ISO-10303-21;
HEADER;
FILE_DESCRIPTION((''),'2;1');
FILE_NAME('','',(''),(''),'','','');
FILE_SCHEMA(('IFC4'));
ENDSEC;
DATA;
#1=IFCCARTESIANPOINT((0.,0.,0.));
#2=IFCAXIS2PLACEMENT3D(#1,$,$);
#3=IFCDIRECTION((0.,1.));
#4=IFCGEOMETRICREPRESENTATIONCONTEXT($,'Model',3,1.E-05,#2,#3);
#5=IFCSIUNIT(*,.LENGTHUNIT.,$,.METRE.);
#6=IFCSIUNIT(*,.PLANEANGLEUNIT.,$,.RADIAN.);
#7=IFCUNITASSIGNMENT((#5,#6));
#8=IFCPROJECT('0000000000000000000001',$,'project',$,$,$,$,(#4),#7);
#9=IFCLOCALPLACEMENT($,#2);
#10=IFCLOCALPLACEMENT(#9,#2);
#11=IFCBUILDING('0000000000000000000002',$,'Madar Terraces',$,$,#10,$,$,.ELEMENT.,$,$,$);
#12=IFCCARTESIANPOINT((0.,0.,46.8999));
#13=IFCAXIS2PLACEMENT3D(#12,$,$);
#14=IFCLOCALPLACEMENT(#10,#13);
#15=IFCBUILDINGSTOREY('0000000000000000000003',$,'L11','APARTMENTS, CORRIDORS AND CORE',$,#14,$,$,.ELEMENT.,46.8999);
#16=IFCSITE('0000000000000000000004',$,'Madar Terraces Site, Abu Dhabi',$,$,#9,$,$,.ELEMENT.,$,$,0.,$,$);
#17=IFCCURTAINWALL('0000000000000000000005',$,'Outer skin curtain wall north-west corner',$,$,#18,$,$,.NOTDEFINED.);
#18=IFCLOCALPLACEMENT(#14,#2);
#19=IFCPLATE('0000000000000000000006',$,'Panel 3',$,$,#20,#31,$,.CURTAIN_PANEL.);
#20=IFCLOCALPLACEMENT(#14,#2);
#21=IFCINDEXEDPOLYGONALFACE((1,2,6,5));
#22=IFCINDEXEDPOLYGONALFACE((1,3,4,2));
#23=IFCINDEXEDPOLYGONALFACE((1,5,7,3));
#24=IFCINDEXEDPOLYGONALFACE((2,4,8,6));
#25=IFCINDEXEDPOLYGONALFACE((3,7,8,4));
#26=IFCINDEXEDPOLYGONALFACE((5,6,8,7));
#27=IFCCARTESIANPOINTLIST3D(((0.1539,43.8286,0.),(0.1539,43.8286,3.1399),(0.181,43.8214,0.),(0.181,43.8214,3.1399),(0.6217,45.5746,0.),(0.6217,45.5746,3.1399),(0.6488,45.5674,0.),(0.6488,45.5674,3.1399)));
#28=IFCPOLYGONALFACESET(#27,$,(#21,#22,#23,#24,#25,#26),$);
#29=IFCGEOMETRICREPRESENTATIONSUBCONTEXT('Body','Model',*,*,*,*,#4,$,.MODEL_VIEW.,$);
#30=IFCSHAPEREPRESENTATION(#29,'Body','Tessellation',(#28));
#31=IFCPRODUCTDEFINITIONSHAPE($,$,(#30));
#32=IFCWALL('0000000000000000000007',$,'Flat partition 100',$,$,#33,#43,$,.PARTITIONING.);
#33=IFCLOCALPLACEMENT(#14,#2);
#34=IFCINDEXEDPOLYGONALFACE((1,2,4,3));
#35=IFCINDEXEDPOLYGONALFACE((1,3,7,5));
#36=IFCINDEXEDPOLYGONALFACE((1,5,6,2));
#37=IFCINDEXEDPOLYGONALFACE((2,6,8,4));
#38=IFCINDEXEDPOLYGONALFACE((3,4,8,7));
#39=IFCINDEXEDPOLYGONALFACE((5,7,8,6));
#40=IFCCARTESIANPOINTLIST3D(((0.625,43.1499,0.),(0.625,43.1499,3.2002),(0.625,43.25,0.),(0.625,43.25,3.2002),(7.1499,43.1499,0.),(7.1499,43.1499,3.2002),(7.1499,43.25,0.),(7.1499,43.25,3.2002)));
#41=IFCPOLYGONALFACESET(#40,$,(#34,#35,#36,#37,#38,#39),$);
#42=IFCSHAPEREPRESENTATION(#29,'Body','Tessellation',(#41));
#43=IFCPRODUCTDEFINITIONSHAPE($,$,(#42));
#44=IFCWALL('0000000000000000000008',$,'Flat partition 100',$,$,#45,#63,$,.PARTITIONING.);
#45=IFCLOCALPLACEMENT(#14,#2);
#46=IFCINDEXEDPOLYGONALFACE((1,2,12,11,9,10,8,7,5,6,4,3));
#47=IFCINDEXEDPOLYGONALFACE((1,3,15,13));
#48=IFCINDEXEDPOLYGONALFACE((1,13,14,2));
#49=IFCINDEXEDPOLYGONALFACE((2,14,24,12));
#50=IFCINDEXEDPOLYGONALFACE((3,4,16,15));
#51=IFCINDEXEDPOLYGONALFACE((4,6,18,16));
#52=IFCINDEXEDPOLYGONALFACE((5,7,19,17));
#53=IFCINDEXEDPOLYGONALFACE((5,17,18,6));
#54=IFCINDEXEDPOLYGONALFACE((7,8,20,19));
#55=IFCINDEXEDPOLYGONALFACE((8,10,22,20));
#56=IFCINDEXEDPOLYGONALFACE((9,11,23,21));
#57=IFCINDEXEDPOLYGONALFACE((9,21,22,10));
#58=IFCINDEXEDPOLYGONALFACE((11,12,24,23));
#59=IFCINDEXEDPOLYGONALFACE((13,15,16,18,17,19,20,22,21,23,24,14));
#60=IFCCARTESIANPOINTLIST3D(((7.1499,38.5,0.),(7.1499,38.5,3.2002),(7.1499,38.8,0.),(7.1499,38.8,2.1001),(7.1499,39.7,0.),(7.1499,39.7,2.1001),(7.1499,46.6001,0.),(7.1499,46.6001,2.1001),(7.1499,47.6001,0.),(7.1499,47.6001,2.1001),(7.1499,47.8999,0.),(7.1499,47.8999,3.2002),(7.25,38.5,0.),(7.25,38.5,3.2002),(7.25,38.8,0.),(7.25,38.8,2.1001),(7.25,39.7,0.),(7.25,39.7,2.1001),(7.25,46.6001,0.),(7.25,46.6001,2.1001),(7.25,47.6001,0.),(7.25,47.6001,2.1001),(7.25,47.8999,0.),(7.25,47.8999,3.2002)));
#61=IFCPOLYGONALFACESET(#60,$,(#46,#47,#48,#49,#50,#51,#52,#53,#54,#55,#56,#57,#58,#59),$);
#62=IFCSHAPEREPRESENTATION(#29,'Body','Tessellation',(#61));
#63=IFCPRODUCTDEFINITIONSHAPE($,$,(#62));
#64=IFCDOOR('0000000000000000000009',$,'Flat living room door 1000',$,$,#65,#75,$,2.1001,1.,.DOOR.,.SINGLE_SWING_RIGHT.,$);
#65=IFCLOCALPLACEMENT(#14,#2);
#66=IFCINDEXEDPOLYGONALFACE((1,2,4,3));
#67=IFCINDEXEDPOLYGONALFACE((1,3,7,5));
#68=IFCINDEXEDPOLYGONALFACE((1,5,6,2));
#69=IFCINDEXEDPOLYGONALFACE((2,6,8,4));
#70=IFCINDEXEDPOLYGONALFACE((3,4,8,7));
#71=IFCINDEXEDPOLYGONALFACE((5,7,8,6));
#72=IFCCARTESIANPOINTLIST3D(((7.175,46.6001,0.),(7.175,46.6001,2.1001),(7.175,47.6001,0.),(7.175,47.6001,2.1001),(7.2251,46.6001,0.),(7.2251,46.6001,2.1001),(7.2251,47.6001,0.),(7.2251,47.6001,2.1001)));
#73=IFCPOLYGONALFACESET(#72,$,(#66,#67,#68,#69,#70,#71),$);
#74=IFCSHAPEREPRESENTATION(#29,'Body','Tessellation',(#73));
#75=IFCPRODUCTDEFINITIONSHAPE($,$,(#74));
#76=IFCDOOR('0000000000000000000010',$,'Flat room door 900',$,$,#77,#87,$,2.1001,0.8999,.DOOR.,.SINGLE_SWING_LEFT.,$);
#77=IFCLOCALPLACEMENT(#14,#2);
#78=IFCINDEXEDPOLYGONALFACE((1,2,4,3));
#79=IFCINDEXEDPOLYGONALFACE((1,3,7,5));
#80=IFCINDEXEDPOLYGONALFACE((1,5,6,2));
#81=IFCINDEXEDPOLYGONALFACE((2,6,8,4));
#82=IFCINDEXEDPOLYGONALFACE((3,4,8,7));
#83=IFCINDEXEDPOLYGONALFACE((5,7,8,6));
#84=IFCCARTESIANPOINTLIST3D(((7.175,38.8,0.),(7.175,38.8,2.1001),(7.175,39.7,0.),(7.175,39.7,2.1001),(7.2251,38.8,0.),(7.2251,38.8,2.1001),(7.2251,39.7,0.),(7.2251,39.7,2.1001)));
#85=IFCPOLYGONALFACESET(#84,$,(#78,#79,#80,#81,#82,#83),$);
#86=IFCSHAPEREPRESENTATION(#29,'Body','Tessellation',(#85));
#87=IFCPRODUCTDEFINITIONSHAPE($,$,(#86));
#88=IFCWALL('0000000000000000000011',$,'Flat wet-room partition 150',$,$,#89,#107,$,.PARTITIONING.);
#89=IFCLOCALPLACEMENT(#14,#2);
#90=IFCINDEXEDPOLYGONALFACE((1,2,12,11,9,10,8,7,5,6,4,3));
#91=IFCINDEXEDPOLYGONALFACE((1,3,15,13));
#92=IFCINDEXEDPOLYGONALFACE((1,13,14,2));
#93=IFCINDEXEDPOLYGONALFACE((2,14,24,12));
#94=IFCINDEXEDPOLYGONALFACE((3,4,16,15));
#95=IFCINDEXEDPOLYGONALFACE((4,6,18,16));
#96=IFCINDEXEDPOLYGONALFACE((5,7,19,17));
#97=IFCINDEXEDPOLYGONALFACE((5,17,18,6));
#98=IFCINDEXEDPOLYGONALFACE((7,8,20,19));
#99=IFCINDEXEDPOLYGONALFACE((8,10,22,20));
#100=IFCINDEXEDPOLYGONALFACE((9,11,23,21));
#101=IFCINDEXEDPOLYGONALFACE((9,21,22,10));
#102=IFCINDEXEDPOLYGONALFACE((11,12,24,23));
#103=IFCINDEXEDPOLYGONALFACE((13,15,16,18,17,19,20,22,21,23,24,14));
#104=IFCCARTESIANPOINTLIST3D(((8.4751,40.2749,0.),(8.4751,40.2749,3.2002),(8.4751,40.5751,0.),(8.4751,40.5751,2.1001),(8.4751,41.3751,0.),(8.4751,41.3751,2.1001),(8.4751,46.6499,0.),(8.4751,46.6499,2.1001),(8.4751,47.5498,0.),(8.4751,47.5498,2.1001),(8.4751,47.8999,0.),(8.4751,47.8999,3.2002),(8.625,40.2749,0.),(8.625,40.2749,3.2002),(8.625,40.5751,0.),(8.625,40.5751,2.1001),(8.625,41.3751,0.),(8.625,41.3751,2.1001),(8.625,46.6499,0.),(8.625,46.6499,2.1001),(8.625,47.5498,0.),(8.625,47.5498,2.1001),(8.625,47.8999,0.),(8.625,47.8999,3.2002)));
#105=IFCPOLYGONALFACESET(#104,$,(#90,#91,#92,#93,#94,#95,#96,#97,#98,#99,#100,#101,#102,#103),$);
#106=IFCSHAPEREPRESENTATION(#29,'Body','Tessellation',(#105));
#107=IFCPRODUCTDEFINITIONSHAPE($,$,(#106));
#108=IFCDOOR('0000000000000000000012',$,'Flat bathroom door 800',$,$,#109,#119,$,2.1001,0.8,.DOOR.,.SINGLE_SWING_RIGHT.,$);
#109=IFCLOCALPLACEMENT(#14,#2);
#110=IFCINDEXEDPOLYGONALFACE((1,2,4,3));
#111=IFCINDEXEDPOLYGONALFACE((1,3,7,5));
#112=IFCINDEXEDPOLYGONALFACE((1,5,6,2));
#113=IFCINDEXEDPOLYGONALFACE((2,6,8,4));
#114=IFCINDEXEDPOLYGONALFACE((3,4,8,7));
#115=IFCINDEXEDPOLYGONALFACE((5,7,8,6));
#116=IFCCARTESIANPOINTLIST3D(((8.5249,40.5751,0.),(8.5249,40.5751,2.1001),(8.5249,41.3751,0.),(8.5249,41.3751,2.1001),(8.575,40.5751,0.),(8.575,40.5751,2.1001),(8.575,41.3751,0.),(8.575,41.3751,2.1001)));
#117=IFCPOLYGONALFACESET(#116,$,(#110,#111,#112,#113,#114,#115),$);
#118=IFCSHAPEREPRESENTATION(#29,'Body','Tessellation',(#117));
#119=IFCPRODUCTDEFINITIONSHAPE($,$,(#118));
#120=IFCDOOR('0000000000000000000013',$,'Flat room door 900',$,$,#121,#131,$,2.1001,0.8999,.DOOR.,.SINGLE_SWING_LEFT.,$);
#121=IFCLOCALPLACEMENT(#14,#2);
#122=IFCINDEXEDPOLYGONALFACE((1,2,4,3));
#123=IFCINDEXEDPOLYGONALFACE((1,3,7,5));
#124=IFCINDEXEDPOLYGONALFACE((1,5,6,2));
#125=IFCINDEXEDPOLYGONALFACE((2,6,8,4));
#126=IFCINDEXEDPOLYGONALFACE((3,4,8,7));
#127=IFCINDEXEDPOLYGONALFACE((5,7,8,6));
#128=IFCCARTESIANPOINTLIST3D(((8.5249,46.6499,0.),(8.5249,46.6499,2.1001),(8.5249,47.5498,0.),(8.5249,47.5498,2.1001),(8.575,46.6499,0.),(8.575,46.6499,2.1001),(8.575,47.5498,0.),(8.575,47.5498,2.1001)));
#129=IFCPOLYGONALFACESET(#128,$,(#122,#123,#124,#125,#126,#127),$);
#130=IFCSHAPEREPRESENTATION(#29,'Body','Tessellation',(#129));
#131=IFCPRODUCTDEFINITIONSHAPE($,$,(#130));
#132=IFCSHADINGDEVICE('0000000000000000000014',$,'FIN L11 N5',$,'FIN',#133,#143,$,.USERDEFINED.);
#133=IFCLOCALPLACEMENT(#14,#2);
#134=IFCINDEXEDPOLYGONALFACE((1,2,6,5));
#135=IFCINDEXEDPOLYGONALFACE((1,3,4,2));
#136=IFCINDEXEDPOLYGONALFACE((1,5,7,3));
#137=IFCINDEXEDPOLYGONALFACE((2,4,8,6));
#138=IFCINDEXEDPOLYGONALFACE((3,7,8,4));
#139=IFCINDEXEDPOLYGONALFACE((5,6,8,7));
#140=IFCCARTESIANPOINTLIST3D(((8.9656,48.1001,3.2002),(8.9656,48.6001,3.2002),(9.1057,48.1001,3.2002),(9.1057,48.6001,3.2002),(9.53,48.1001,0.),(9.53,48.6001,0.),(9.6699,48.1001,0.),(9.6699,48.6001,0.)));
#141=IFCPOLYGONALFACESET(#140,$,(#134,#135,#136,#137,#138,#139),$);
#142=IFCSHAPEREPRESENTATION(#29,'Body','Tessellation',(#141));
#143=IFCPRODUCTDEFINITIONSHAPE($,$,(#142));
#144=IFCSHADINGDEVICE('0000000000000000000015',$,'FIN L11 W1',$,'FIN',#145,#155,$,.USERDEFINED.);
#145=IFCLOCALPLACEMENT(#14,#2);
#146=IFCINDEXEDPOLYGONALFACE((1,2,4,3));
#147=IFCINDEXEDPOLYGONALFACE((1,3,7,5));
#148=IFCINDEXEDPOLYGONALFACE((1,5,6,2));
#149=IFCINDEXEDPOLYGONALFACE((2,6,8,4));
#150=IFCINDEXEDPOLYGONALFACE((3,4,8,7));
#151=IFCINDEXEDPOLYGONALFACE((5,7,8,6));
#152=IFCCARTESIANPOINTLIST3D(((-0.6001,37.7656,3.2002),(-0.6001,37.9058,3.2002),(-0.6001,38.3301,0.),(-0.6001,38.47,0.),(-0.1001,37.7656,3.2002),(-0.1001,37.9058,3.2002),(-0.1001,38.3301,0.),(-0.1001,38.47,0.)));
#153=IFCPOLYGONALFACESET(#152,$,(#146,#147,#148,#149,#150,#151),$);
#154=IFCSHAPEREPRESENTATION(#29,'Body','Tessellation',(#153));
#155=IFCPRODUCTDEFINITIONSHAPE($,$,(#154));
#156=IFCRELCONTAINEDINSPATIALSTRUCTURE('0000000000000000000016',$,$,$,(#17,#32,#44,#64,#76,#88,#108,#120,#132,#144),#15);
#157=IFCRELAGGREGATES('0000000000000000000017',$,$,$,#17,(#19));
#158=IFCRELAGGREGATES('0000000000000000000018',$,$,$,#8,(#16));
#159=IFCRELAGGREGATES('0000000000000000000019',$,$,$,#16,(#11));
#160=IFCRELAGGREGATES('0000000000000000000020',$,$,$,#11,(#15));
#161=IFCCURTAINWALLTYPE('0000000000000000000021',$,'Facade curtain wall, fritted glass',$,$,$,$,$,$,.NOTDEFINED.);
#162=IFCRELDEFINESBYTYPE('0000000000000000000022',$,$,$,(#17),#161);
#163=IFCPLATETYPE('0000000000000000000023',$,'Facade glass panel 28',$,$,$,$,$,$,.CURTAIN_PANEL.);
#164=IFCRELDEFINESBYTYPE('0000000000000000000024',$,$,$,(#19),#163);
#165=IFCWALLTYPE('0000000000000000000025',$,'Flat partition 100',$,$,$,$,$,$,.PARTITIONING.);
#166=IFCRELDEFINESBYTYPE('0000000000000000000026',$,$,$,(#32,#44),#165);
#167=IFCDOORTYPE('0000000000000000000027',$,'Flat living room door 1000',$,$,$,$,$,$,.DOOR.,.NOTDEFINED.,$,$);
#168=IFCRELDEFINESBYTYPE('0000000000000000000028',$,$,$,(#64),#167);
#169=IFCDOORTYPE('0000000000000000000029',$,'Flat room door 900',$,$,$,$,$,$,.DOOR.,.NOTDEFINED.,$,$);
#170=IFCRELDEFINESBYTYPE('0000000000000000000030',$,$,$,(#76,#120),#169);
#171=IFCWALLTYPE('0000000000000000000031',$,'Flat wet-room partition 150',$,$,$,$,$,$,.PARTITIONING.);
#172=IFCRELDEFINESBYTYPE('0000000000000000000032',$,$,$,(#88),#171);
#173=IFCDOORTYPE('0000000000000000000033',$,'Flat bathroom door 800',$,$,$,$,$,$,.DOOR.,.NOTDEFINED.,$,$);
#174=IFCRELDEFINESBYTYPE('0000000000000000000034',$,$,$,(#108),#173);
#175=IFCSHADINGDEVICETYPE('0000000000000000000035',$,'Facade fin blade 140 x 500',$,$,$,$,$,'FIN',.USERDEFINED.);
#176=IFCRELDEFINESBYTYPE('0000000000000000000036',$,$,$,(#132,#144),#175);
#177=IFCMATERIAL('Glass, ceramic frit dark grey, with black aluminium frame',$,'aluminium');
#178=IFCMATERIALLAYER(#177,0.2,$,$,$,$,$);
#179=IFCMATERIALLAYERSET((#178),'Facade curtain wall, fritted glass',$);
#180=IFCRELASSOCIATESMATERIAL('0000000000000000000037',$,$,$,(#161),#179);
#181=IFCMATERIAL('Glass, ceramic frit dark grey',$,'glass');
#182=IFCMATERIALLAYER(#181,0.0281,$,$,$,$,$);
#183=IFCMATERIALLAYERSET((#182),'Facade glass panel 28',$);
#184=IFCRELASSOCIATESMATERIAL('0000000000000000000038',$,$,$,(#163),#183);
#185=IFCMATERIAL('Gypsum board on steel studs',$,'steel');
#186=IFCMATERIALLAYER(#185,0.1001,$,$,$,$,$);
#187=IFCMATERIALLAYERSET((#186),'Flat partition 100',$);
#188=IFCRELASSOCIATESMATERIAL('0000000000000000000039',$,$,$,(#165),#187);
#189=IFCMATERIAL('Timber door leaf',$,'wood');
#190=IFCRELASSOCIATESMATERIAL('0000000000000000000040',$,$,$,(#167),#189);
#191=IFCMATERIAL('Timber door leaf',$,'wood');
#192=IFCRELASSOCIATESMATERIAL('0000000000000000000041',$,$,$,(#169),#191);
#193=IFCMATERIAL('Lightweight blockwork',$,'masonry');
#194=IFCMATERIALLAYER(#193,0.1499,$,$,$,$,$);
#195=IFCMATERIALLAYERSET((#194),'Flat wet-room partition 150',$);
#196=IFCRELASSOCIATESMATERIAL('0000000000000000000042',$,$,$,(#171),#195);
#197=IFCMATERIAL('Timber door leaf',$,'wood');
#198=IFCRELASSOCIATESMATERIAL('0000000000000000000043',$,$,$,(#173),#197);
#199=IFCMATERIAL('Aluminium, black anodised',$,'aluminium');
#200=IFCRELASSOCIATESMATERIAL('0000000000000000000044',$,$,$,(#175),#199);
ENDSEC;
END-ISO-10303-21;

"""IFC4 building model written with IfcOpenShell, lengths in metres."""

from ifc_helpers import new_model, si_unit, direction, frame, frame_2d, origin, origin_2d, place, context, subcontext, project, spatial, polyline, rectangle, outline, extrude, material, layer, layer_set, type_object, element, fill, aggregate, save


model = new_model("IFC4")

# Units and contexts
model_context = context("Model", 3, precision=1e-05, world=origin(), true_north=direction((0.0, 1.0)))
body_context = subcontext(model_context, "Body", "Model", "MODEL_VIEW")
ifc_project = project(units=[si_unit("LENGTHUNIT", "METRE"), si_unit("PLANEANGLEUNIT", "RADIAN")], contexts=[model_context])

# Site, building, storey
site_placement = place(None, origin())
site = spatial("IfcSite", under=ifc_project, at=site_placement, Name="Madar Terraces Site, Abu Dhabi", CompositionType="ELEMENT", RefElevation=0.0)
building_placement = place(site_placement, origin())
building = spatial("IfcBuilding", under=site, at=building_placement, Name="Madar Terraces", CompositionType="ELEMENT")
storey_placement = place(building_placement, frame((0.0, 0.0, 46.8999)))
storey = spatial("IfcBuildingStorey", under=building, at=storey_placement, Name="L11", Description="APARTMENTS, CORRIDORS AND CORE", CompositionType="ELEMENT", Elevation=46.8999)

# Shared definitions
ifc_material_1 = material(Name="Glass, ceramic frit dark grey, with black aluminium frame", Category="aluminium")
ifc_layer_1 = layer(ifc_material_1, 0.2)
ifc_layer_set_1 = layer_set([ifc_layer_1], Name="Facade curtain wall, fritted glass")
curtain_wall_type = type_object("IfcCurtainWallType", Name="Facade curtain wall, fritted glass", PredefinedType="NOTDEFINED", material=ifc_layer_set_1)

# Curtain wall
curtain_wall_1_placement = place(storey_placement, origin())
curtain_wall_1 = element("IfcCurtainWall", 1, at=curtain_wall_1_placement, inside=storey, type_object=curtain_wall_type, Name="Outer skin curtain wall north-west corner", PredefinedType="NOTDEFINED")

# Plate
ifc_material_2 = material(Name="Glass, ceramic frit dark grey", Category="glass")
ifc_layer_2 = layer(ifc_material_2, 0.0281)
ifc_layer_set_2 = layer_set([ifc_layer_2], Name="Facade glass panel 28")
plate_type = type_object("IfcPlateType", Name="Facade glass panel 28", PredefinedType="CURTAIN_PANEL", material=ifc_layer_set_2)
plate_1_placement = place(storey_placement, frame((0.4014, 44.698, 0.0), z_axis=(0.0, 0.0, 1.0), x_axis=(-0.258819, -0.965926, 0.0)))
plate_1 = element("IfcPlate", 2, at=plate_1_placement, type_object=plate_type, Name="Panel 3", PredefinedType="CURTAIN_PANEL", context=body_context, shape_type="SweptSolid", body=[
    extrude(rectangle(XDim=1.8076, YDim=0.0281, at=origin_2d()), origin(), (0.0, 0.0, 1.0), 3.1399),
])
aggregate(curtain_wall_1, [plate_1])

# Wall
ifc_material_3 = material(Name="Gypsum board on steel studs", Category="steel")
ifc_layer_3 = layer(ifc_material_3, 0.1001)
ifc_layer_set_3 = layer_set([ifc_layer_3], Name="Flat partition 100")
wall_type_1 = type_object("IfcWallType", Name="Flat partition 100", PredefinedType="PARTITIONING", material=ifc_layer_set_3)
wall_1_placement = place(storey_placement, frame((7.1499, 43.2, 0.0), z_axis=(0.0, 0.0, 1.0), x_axis=(-1.0, 0.0, 0.0)))
element("IfcWall", 3, at=wall_1_placement, inside=storey, type_object=wall_type_1, Name="Flat partition 100", PredefinedType="PARTITIONING", context=body_context, shape_type="SweptSolid", body=[
    extrude(rectangle(XDim=6.5249, YDim=0.1001, at=frame_2d((3.2625, 0.0))), origin(), (0.0, 0.0, 1.0), 3.2002),
])

# Walls, openings, doors
wall_2_placement = place(storey_placement, frame((7.2, 38.5, 0.0), z_axis=(0.0, 0.0, 1.0), x_axis=(0.0, 1.0, 0.0)))
wall_2 = element("IfcWall", 4, at=wall_2_placement, inside=storey, type_object=wall_type_1, Name="Flat partition 100", PredefinedType="PARTITIONING", context=body_context, shape_type="SweptSolid", body=[
    extrude(rectangle(XDim=9.3999, YDim=0.1001, at=frame_2d((4.7, 0.0))), origin(), (0.0, 0.0, 1.0), 3.2002),
])
opening_1_placement = place(wall_2_placement, frame((0.3, 0.0, 0.0)))
opening_1 = element("IfcOpeningElement", 5, at=opening_1_placement, cuts=wall_2, PredefinedType="OPENING", context=body_context, shape_type="SweptSolid", body=[
    extrude(rectangle(XDim=0.8999, YDim=2.1001, at=frame_2d((0.45, 1.05))), frame((0.0, 0.0601, 0.0), z_axis=(0.0, -1.0, 0.0), x_axis=(1.0, 0.0, 0.0)), (0.0, 0.0, 1.0), 0.1201),
])
opening_2_placement = place(wall_2_placement, frame((8.1001, 0.0, 0.0)))
opening_2 = element("IfcOpeningElement", 6, at=opening_2_placement, cuts=wall_2, PredefinedType="OPENING", context=body_context, shape_type="SweptSolid", body=[
    extrude(rectangle(XDim=1.0, YDim=2.1001, at=frame_2d((0.5, 1.05))), frame((0.0, 0.0601, 0.0), z_axis=(0.0, -1.0, 0.0), x_axis=(1.0, 0.0, 0.0)), (0.0, 0.0, 1.0), 0.1201),
])
ifc_material_4 = material(Name="Timber door leaf", Category="wood")
door_type_1 = type_object("IfcDoorType", Name="Flat living room door 1000", OperationType="NOTDEFINED", PredefinedType="DOOR", material=ifc_material_4)
door_1_placement = place(opening_2_placement, origin())
door_1 = element("IfcDoor", 7, at=door_1_placement, inside=storey, type_object=door_type_1, Name="Flat living room door 1000", OperationType="SINGLE_SWING_RIGHT", OverallHeight=2.1001, OverallWidth=1.0, PredefinedType="DOOR", context=body_context, shape_type="SweptSolid", body=[
    extrude(rectangle(XDim=1.0, YDim=2.1001, at=frame_2d((0.5, 1.05))), frame((0.0, 0.0249, 0.0), z_axis=(0.0, -1.0, 0.0), x_axis=(1.0, 0.0, 0.0)), (0.0, 0.0, 1.0), 0.05),
])
fill(opening_2, door_1)
ifc_material_5 = material(Name="Timber door leaf", Category="wood")
door_type_2 = type_object("IfcDoorType", Name="Flat room door 900", OperationType="NOTDEFINED", PredefinedType="DOOR", material=ifc_material_5)
door_2_placement = place(opening_1_placement, origin())
door_2 = element("IfcDoor", 8, at=door_2_placement, inside=storey, type_object=door_type_2, Name="Flat room door 900", OperationType="SINGLE_SWING_LEFT", OverallHeight=2.1001, OverallWidth=0.8999, PredefinedType="DOOR", context=body_context, shape_type="SweptSolid", body=[
    extrude(rectangle(XDim=0.8999, YDim=2.1001, at=frame_2d((0.45, 1.05))), frame((0.0, 0.0249, 0.0), z_axis=(0.0, -1.0, 0.0), x_axis=(1.0, 0.0, 0.0)), (0.0, 0.0, 1.0), 0.05),
])
fill(opening_1, door_2)
ifc_material_6 = material(Name="Lightweight blockwork", Category="masonry")
ifc_layer_4 = layer(ifc_material_6, 0.1499)
ifc_layer_set_4 = layer_set([ifc_layer_4], Name="Flat wet-room partition 150")
wall_type_2 = type_object("IfcWallType", Name="Flat wet-room partition 150", PredefinedType="PARTITIONING", material=ifc_layer_set_4)
wall_3_placement = place(storey_placement, frame((8.55, 47.8999, 0.0), z_axis=(0.0, 0.0, 1.0), x_axis=(0.0, -1.0, 0.0)))
wall_3 = element("IfcWall", 9, at=wall_3_placement, inside=storey, type_object=wall_type_2, Name="Flat wet-room partition 150", PredefinedType="PARTITIONING", context=body_context, shape_type="SweptSolid", body=[
    extrude(rectangle(XDim=7.625, YDim=0.1499, at=frame_2d((3.8125, 0.0))), origin(), (0.0, 0.0, 1.0), 3.2002),
])
opening_3_placement = place(wall_3_placement, frame((6.5249, 0.0, 0.0)))
opening_3 = element("IfcOpeningElement", 10, at=opening_3_placement, cuts=wall_3, PredefinedType="OPENING", context=body_context, shape_type="SweptSolid", body=[
    extrude(rectangle(XDim=0.8, YDim=2.1001, at=frame_2d((0.3999, 1.05))), frame((0.0, 0.085, 0.0), z_axis=(0.0, -1.0, 0.0), x_axis=(1.0, 0.0, 0.0)), (0.0, 0.0, 1.0), 0.1699),
])
opening_4_placement = place(wall_3_placement, frame((0.3501, 0.0, 0.0)))
opening_4 = element("IfcOpeningElement", 11, at=opening_4_placement, cuts=wall_3, PredefinedType="OPENING", context=body_context, shape_type="SweptSolid", body=[
    extrude(rectangle(XDim=0.8999, YDim=2.1001, at=frame_2d((0.45, 1.05))), frame((0.0, 0.085, 0.0), z_axis=(0.0, -1.0, 0.0), x_axis=(1.0, 0.0, 0.0)), (0.0, 0.0, 1.0), 0.1699),
])
ifc_material_7 = material(Name="Timber door leaf", Category="wood")
door_type_3 = type_object("IfcDoorType", Name="Flat bathroom door 800", OperationType="NOTDEFINED", PredefinedType="DOOR", material=ifc_material_7)
door_3_placement = place(opening_3_placement, origin())
door_3 = element("IfcDoor", 12, at=door_3_placement, inside=storey, type_object=door_type_3, Name="Flat bathroom door 800", OperationType="SINGLE_SWING_RIGHT", OverallHeight=2.1001, OverallWidth=0.8, PredefinedType="DOOR", context=body_context, shape_type="SweptSolid", body=[
    extrude(rectangle(XDim=0.8, YDim=2.1001, at=frame_2d((0.3999, 1.05))), frame((0.0, 0.0249, 0.0), z_axis=(0.0, -1.0, 0.0), x_axis=(1.0, 0.0, 0.0)), (0.0, 0.0, 1.0), 0.05),
])
fill(opening_3, door_3)
door_4_placement = place(opening_4_placement, origin())
door_4 = element("IfcDoor", 13, at=door_4_placement, inside=storey, type_object=door_type_2, Name="Flat room door 900", OperationType="SINGLE_SWING_LEFT", OverallHeight=2.1001, OverallWidth=0.8999, PredefinedType="DOOR", context=body_context, shape_type="SweptSolid", body=[
    extrude(rectangle(XDim=0.8999, YDim=2.1001, at=frame_2d((0.45, 1.05))), frame((0.0, 0.0249, 0.0), z_axis=(0.0, -1.0, 0.0), x_axis=(1.0, 0.0, 0.0)), (0.0, 0.0, 1.0), 0.05),
])
fill(opening_4, door_4)

# Shading devices
ifc_material_8 = material(Name="Aluminium, black anodised", Category="aluminium")
shading_device_type = type_object("IfcShadingDeviceType", Name="Facade fin blade 140 x 500", ElementType="FIN", PredefinedType="USERDEFINED", material=ifc_material_8)
for number, where, z_axis, x_axis, name in (
    (14, (9.6699, 48.3501, 0.0), (0.0, 0.0, 1.0), (-1.0, 0.0, 0.0), "FIN L11 N5"),
    (15, (-0.3501, 38.47, 0.0), (0.0, 0.0, 1.0), (0.0, -1.0, 0.0), "FIN L11 W1"),
):
    element("IfcShadingDevice", number, at=place(storey_placement, frame(where, z_axis=z_axis, x_axis=x_axis)), inside=storey, type_object=shading_device_type, Name=name, ObjectType="FIN", PredefinedType="USERDEFINED", context=body_context, shape_type="SweptSolid", body=[
        extrude(outline(polyline([(0.0, 0.0), (0.1399, 0.0), (0.7043, 3.2002), (0.5642, 3.2002), (0.0, 0.0)])), frame((0.0, 0.25, 0.0), z_axis=(0.0, -1.0, 0.0), x_axis=(1.0, 0.0, 0.0)), (0.0, 0.0, 1.0), 0.5),
    ])

save(model, "model.ifc")
